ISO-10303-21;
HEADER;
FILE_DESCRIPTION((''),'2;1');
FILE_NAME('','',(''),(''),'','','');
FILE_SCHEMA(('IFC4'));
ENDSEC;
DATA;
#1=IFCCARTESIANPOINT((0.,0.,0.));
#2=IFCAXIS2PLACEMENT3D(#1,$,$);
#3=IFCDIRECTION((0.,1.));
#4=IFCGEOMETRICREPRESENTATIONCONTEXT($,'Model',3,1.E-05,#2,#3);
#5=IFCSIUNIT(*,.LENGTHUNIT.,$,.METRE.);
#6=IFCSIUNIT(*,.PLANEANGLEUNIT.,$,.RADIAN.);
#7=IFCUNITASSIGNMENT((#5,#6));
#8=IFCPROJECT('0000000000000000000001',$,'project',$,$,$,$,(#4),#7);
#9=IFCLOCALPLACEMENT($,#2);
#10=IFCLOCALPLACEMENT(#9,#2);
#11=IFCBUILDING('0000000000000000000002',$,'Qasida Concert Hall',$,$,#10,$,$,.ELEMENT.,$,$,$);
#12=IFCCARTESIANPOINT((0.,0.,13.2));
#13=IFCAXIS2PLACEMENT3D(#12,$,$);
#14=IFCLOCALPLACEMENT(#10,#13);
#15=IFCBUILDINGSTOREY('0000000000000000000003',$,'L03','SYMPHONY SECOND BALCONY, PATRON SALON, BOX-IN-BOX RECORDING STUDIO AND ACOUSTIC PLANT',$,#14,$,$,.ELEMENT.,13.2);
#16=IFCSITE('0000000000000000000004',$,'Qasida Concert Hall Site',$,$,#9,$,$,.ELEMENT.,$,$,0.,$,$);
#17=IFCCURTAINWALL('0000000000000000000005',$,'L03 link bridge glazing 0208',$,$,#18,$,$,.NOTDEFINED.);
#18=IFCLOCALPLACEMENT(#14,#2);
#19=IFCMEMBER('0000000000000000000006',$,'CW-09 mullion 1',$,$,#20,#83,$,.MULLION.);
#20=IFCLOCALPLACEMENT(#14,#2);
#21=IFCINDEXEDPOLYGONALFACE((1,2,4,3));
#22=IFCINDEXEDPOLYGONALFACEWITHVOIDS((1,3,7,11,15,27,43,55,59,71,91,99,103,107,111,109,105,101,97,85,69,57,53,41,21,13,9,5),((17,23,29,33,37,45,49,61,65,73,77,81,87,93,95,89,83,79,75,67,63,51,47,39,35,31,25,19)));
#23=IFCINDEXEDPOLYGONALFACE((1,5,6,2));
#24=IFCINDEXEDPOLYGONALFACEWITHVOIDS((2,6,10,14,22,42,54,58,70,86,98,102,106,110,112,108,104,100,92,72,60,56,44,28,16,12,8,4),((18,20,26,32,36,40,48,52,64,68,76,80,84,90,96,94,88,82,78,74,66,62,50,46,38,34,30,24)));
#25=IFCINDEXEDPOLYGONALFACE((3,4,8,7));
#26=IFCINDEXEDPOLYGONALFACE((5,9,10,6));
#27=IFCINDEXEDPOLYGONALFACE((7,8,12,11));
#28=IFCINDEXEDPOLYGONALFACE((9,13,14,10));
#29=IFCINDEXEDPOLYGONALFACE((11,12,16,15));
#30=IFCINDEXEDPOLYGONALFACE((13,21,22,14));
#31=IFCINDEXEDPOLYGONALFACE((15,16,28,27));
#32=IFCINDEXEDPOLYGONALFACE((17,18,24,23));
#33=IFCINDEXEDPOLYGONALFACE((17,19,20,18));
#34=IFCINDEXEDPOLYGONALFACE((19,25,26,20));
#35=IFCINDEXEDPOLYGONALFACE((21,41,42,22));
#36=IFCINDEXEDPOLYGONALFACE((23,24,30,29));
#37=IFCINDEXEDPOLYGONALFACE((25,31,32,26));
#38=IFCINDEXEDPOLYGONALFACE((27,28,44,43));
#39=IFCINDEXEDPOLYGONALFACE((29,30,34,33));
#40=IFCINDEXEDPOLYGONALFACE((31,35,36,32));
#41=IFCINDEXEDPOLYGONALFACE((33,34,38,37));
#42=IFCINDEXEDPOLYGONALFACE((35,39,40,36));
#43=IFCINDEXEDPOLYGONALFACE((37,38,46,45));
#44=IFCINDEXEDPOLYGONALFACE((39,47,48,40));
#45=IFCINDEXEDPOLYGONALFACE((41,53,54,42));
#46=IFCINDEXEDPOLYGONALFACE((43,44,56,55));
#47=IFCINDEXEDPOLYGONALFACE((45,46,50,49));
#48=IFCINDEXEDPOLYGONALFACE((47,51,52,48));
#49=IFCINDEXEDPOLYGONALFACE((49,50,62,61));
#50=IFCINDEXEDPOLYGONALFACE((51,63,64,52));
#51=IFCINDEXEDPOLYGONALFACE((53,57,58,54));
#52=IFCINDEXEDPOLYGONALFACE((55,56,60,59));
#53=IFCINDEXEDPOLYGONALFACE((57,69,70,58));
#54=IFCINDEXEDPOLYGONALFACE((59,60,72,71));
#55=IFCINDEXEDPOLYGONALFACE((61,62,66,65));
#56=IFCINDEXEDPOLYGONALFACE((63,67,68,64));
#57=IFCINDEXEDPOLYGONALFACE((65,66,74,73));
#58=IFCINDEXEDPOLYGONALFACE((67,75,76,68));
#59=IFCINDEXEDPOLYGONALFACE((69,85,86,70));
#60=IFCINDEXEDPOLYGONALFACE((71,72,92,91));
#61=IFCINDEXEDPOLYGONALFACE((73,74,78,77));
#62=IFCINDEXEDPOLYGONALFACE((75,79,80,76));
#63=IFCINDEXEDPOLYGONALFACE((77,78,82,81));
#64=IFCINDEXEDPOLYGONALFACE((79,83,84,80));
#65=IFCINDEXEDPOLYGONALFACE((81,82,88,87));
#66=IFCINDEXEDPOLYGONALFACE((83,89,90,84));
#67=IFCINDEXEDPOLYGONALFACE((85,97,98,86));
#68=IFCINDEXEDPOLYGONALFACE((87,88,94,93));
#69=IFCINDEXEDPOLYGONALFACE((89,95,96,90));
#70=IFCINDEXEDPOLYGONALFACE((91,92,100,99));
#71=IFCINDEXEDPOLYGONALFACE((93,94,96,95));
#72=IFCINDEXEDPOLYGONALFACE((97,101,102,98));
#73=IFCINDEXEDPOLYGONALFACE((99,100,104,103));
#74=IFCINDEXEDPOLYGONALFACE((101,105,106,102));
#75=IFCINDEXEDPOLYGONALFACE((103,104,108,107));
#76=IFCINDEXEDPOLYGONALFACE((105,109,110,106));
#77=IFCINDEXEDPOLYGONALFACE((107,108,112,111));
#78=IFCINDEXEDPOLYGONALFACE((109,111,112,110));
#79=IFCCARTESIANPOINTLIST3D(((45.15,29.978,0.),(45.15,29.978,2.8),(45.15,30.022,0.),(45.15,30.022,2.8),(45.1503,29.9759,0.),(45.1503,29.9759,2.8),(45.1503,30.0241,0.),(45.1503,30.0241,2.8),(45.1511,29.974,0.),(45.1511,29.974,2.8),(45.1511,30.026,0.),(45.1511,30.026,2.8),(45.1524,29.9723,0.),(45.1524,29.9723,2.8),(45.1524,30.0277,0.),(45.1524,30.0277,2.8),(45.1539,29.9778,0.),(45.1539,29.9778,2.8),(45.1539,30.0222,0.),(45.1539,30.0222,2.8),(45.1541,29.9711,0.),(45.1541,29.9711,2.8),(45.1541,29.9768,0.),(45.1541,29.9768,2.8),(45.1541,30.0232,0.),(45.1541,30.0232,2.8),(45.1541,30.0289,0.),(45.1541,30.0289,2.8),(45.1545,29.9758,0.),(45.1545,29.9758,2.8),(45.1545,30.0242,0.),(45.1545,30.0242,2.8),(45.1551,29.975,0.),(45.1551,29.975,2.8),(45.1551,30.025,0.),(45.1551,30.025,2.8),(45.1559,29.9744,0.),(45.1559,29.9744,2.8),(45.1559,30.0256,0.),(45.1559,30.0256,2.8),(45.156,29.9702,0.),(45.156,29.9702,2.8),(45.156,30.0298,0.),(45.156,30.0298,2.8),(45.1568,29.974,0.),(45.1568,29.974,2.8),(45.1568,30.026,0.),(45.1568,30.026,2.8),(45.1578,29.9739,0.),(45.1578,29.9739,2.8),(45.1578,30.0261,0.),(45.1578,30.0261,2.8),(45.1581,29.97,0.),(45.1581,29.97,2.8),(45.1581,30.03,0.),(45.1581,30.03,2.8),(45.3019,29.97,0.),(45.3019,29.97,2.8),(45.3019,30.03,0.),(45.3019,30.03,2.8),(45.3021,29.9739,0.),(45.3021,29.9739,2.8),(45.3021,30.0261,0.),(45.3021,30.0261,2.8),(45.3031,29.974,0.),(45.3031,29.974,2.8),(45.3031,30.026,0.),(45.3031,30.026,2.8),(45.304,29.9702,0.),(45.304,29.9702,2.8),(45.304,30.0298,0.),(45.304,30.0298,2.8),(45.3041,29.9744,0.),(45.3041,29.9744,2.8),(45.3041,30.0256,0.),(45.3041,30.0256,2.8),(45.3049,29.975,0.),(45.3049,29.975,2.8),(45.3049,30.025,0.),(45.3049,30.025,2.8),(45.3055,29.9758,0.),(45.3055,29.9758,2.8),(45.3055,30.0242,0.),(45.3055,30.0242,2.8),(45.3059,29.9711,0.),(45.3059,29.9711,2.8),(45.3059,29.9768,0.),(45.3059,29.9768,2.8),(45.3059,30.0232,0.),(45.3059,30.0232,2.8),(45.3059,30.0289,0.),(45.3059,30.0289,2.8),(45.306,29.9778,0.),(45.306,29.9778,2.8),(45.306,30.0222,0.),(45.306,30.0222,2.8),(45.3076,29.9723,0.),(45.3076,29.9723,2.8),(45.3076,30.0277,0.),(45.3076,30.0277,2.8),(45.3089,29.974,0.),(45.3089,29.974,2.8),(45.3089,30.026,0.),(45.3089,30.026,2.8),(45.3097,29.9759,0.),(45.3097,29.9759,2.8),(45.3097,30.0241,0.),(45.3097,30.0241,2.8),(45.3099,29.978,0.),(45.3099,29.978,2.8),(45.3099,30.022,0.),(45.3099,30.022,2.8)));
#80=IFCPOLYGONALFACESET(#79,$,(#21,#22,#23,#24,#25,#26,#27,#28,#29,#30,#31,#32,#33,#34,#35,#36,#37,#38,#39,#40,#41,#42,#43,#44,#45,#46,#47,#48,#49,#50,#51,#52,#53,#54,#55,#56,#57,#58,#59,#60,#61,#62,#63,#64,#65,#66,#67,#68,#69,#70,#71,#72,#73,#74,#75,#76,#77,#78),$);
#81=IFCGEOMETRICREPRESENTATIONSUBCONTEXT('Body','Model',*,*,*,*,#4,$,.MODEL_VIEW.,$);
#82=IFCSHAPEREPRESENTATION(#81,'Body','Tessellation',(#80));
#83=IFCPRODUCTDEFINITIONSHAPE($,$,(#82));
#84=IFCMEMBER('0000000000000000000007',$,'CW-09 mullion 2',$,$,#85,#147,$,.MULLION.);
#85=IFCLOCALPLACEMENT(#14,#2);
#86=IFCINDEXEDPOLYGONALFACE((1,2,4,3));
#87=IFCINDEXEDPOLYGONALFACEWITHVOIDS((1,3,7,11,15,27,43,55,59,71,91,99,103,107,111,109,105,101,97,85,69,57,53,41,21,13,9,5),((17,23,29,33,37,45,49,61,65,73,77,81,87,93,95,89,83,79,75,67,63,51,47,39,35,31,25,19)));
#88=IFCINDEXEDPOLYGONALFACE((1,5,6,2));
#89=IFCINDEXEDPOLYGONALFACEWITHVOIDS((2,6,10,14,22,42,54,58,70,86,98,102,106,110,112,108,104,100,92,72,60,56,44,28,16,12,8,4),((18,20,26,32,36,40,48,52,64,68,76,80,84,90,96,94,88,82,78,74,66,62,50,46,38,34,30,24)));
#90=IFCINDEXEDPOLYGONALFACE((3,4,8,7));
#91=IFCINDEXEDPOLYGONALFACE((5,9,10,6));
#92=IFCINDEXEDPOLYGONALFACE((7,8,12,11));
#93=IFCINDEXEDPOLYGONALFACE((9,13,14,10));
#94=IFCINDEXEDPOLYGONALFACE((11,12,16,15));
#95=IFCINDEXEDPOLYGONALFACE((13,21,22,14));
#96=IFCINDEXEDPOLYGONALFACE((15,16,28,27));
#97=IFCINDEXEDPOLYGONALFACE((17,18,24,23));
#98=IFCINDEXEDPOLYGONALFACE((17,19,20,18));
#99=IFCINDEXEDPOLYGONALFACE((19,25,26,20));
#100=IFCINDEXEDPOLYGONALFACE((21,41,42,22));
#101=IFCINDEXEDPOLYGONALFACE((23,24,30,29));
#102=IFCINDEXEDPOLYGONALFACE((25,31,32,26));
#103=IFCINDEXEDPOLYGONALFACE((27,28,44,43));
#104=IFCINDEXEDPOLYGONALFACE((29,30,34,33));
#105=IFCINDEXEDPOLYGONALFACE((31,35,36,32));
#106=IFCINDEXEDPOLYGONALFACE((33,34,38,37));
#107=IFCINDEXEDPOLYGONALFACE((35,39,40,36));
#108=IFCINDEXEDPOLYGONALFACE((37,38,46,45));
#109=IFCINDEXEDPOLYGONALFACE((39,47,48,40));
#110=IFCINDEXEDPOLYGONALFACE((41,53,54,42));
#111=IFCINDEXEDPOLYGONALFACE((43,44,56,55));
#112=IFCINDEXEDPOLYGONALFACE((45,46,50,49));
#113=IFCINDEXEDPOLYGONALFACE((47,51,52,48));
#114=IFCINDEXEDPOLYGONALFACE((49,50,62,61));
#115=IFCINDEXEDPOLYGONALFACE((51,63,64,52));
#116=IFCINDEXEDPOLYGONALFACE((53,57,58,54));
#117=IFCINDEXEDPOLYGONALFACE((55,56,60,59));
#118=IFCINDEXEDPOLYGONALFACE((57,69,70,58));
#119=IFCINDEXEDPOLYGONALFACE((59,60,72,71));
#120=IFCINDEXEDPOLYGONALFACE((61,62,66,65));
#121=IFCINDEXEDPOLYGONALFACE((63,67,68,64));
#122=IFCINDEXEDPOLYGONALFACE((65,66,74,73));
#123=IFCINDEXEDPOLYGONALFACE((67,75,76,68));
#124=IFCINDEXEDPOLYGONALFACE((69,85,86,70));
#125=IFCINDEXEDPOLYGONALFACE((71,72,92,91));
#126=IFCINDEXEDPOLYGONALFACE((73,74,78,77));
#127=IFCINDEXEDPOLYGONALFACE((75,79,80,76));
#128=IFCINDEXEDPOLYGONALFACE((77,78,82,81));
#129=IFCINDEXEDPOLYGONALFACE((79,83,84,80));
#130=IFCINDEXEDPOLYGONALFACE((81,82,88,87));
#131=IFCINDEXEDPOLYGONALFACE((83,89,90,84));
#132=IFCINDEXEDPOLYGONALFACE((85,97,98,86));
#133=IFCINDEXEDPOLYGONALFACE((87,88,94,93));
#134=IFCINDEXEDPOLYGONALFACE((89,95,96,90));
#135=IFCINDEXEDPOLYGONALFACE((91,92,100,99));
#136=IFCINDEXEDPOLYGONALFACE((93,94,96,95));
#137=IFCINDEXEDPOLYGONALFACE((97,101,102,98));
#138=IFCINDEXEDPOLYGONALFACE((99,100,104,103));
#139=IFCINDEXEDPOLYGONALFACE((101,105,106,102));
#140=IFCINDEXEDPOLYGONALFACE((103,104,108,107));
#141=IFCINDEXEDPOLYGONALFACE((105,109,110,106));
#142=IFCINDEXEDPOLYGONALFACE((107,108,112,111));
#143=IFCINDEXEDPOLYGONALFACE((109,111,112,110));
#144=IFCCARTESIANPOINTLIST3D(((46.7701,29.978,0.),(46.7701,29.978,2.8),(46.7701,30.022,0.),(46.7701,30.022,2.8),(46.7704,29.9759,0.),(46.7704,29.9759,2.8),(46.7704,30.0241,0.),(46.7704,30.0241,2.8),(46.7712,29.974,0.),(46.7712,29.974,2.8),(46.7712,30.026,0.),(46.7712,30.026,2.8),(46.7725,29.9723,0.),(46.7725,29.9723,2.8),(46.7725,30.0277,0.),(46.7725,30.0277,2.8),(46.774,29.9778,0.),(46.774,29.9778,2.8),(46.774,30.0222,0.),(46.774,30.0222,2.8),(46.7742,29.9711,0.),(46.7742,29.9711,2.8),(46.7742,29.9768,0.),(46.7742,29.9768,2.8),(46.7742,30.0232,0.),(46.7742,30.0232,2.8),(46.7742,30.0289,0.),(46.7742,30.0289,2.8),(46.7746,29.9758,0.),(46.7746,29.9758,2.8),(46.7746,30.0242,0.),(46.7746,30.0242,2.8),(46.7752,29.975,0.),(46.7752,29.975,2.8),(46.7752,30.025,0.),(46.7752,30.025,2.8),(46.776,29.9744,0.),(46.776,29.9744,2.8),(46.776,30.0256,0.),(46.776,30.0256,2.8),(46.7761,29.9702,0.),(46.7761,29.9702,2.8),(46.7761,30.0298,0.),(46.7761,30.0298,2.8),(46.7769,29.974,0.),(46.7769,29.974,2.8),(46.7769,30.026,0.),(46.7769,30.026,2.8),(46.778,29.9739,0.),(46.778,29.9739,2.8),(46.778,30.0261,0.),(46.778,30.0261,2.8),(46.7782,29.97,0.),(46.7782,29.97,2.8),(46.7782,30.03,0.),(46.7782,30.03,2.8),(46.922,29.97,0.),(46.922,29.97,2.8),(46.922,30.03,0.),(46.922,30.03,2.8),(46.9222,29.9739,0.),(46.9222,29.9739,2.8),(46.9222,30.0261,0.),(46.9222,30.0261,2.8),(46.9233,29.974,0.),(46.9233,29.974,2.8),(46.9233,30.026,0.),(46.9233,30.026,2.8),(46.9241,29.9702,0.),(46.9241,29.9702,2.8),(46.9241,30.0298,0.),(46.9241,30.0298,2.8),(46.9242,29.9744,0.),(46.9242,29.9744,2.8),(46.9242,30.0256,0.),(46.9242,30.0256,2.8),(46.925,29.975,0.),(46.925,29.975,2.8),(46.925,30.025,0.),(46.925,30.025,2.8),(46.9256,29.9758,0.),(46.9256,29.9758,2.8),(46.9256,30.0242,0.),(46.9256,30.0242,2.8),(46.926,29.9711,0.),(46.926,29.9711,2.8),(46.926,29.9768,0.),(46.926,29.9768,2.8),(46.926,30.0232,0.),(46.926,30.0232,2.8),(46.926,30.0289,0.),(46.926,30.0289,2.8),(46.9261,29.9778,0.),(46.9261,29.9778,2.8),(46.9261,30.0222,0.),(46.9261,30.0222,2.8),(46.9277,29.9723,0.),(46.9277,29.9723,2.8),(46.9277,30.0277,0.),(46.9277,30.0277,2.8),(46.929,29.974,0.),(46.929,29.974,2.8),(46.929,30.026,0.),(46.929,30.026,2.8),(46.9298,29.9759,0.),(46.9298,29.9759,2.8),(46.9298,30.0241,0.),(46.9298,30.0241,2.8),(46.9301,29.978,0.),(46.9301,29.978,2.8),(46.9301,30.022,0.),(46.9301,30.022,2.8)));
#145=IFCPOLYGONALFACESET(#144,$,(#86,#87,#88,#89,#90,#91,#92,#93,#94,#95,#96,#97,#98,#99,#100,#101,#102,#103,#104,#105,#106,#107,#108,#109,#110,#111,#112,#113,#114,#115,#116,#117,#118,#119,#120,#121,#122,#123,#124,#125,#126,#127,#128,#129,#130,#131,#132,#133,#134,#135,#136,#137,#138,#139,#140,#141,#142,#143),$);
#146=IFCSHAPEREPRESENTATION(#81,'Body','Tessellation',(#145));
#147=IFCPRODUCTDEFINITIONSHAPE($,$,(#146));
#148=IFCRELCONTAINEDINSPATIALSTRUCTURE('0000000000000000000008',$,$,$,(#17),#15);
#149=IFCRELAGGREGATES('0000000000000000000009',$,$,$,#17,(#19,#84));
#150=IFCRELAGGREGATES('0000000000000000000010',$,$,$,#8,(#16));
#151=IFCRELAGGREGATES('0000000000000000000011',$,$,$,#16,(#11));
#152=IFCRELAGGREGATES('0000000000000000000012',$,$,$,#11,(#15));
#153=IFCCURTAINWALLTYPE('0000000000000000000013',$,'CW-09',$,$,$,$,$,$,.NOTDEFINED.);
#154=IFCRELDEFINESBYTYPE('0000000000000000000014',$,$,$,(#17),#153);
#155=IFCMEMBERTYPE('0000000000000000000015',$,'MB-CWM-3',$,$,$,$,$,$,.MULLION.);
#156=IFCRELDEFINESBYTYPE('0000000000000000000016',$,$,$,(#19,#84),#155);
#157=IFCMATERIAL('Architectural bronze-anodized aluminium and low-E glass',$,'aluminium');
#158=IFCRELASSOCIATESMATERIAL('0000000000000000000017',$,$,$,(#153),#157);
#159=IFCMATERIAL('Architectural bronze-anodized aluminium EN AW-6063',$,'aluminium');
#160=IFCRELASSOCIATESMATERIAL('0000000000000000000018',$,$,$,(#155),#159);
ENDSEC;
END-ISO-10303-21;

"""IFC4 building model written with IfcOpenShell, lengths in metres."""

from ifc_helpers import new_model, si_unit, direction, frame, origin, origin_2d, place, context, subcontext, project, spatial, hollow_rectangle, extrude, material, material_profile, profile_set, type_object, element, aggregate, save


model = new_model("IFC4")

# Units and contexts
model_context = context("Model", 3, precision=1e-05, world=origin(), true_north=direction((0.0, 1.0)))
body_context = subcontext(model_context, "Body", "Model", "MODEL_VIEW")
ifc_project = project(units=[si_unit("LENGTHUNIT", "METRE"), si_unit("PLANEANGLEUNIT", "RADIAN")], contexts=[model_context])

# Site, building, storey
site_placement = place(None, origin())
site = spatial("IfcSite", under=ifc_project, at=site_placement, Name="Qasida Concert Hall Site", CompositionType="ELEMENT", RefElevation=0.0)
building_placement = place(site_placement, origin())
building = spatial("IfcBuilding", under=site, at=building_placement, Name="Qasida Concert Hall", CompositionType="ELEMENT")
storey_placement = place(building_placement, frame((0.0, 0.0, 13.2)))
storey = spatial("IfcBuildingStorey", under=building, at=storey_placement, Name="L03", Description="SYMPHONY SECOND BALCONY, PATRON SALON, BOX-IN-BOX RECORDING STUDIO AND ACOUSTIC PLANT", CompositionType="ELEMENT", Elevation=13.2)

# Curtain wall, members
ifc_material_1 = material(Name="Architectural bronze-anodized aluminium and low-E glass", Category="aluminium")
curtain_wall_type = type_object("IfcCurtainWallType", Name="CW-09", PredefinedType="NOTDEFINED", material=ifc_material_1)
ifc_material_2 = material(Name="Architectural bronze-anodized aluminium EN AW-6063", Category="aluminium")
ifc_material_profile_1 = material_profile(ifc_material_2, hollow_rectangle(XDim=0.0601, YDim=0.1599, WallThickness=0.0039, InnerFilletRadius=0.0039, OuterFilletRadius=0.0081, at=origin_2d()), Name="CWM 160x60x4")
ifc_profile_set_1 = profile_set([ifc_material_profile_1], Name="Architectural bronze-anodized aluminium EN AW-6063")
member_type_1 = type_object("IfcMemberType", Name="MB-CWM-3", PredefinedType="MULLION", material=ifc_profile_set_1)
curtain_wall_1_placement = place(storey_placement, origin())
curtain_wall_1 = element("IfcCurtainWall", 1, at=curtain_wall_1_placement, inside=storey, type_object=curtain_wall_type, Name="L03 link bridge glazing 0208", PredefinedType="NOTDEFINED")
member_1_placement = place(storey_placement, frame((45.23, 30.0, 0.0), z_axis=(0.0, 0.0, 1.0), x_axis=(0.0, 1.0, 0.0)))
member_1 = element("IfcMember", 2, at=member_1_placement, type_object=member_type_1, Name="CW-09 mullion 1", PredefinedType="MULLION", context=body_context, shape_type="SweptSolid", body=[
    extrude(hollow_rectangle(XDim=0.0601, YDim=0.1599, WallThickness=0.0039, InnerFilletRadius=0.0039, OuterFilletRadius=0.0081, at=origin_2d()), origin(), (0.0, 0.0, 1.0), 2.8),
])
member_2_placement = place(storey_placement, frame((46.8501, 30.0, 0.0), z_axis=(0.0, 0.0, 1.0), x_axis=(0.0, 1.0, 0.0)))
member_2 = element("IfcMember", 3, at=member_2_placement, type_object=member_type_1, Name="CW-09 mullion 2", PredefinedType="MULLION", context=body_context, shape_type="SweptSolid", body=[
    extrude(hollow_rectangle(XDim=0.0601, YDim=0.1599, WallThickness=0.0039, InnerFilletRadius=0.0039, OuterFilletRadius=0.0081, at=origin_2d()), origin(), (0.0, 0.0, 1.0), 2.8),
])

aggregate(curtain_wall_1, [member_1, member_2])

save(model, "model.ifc")
